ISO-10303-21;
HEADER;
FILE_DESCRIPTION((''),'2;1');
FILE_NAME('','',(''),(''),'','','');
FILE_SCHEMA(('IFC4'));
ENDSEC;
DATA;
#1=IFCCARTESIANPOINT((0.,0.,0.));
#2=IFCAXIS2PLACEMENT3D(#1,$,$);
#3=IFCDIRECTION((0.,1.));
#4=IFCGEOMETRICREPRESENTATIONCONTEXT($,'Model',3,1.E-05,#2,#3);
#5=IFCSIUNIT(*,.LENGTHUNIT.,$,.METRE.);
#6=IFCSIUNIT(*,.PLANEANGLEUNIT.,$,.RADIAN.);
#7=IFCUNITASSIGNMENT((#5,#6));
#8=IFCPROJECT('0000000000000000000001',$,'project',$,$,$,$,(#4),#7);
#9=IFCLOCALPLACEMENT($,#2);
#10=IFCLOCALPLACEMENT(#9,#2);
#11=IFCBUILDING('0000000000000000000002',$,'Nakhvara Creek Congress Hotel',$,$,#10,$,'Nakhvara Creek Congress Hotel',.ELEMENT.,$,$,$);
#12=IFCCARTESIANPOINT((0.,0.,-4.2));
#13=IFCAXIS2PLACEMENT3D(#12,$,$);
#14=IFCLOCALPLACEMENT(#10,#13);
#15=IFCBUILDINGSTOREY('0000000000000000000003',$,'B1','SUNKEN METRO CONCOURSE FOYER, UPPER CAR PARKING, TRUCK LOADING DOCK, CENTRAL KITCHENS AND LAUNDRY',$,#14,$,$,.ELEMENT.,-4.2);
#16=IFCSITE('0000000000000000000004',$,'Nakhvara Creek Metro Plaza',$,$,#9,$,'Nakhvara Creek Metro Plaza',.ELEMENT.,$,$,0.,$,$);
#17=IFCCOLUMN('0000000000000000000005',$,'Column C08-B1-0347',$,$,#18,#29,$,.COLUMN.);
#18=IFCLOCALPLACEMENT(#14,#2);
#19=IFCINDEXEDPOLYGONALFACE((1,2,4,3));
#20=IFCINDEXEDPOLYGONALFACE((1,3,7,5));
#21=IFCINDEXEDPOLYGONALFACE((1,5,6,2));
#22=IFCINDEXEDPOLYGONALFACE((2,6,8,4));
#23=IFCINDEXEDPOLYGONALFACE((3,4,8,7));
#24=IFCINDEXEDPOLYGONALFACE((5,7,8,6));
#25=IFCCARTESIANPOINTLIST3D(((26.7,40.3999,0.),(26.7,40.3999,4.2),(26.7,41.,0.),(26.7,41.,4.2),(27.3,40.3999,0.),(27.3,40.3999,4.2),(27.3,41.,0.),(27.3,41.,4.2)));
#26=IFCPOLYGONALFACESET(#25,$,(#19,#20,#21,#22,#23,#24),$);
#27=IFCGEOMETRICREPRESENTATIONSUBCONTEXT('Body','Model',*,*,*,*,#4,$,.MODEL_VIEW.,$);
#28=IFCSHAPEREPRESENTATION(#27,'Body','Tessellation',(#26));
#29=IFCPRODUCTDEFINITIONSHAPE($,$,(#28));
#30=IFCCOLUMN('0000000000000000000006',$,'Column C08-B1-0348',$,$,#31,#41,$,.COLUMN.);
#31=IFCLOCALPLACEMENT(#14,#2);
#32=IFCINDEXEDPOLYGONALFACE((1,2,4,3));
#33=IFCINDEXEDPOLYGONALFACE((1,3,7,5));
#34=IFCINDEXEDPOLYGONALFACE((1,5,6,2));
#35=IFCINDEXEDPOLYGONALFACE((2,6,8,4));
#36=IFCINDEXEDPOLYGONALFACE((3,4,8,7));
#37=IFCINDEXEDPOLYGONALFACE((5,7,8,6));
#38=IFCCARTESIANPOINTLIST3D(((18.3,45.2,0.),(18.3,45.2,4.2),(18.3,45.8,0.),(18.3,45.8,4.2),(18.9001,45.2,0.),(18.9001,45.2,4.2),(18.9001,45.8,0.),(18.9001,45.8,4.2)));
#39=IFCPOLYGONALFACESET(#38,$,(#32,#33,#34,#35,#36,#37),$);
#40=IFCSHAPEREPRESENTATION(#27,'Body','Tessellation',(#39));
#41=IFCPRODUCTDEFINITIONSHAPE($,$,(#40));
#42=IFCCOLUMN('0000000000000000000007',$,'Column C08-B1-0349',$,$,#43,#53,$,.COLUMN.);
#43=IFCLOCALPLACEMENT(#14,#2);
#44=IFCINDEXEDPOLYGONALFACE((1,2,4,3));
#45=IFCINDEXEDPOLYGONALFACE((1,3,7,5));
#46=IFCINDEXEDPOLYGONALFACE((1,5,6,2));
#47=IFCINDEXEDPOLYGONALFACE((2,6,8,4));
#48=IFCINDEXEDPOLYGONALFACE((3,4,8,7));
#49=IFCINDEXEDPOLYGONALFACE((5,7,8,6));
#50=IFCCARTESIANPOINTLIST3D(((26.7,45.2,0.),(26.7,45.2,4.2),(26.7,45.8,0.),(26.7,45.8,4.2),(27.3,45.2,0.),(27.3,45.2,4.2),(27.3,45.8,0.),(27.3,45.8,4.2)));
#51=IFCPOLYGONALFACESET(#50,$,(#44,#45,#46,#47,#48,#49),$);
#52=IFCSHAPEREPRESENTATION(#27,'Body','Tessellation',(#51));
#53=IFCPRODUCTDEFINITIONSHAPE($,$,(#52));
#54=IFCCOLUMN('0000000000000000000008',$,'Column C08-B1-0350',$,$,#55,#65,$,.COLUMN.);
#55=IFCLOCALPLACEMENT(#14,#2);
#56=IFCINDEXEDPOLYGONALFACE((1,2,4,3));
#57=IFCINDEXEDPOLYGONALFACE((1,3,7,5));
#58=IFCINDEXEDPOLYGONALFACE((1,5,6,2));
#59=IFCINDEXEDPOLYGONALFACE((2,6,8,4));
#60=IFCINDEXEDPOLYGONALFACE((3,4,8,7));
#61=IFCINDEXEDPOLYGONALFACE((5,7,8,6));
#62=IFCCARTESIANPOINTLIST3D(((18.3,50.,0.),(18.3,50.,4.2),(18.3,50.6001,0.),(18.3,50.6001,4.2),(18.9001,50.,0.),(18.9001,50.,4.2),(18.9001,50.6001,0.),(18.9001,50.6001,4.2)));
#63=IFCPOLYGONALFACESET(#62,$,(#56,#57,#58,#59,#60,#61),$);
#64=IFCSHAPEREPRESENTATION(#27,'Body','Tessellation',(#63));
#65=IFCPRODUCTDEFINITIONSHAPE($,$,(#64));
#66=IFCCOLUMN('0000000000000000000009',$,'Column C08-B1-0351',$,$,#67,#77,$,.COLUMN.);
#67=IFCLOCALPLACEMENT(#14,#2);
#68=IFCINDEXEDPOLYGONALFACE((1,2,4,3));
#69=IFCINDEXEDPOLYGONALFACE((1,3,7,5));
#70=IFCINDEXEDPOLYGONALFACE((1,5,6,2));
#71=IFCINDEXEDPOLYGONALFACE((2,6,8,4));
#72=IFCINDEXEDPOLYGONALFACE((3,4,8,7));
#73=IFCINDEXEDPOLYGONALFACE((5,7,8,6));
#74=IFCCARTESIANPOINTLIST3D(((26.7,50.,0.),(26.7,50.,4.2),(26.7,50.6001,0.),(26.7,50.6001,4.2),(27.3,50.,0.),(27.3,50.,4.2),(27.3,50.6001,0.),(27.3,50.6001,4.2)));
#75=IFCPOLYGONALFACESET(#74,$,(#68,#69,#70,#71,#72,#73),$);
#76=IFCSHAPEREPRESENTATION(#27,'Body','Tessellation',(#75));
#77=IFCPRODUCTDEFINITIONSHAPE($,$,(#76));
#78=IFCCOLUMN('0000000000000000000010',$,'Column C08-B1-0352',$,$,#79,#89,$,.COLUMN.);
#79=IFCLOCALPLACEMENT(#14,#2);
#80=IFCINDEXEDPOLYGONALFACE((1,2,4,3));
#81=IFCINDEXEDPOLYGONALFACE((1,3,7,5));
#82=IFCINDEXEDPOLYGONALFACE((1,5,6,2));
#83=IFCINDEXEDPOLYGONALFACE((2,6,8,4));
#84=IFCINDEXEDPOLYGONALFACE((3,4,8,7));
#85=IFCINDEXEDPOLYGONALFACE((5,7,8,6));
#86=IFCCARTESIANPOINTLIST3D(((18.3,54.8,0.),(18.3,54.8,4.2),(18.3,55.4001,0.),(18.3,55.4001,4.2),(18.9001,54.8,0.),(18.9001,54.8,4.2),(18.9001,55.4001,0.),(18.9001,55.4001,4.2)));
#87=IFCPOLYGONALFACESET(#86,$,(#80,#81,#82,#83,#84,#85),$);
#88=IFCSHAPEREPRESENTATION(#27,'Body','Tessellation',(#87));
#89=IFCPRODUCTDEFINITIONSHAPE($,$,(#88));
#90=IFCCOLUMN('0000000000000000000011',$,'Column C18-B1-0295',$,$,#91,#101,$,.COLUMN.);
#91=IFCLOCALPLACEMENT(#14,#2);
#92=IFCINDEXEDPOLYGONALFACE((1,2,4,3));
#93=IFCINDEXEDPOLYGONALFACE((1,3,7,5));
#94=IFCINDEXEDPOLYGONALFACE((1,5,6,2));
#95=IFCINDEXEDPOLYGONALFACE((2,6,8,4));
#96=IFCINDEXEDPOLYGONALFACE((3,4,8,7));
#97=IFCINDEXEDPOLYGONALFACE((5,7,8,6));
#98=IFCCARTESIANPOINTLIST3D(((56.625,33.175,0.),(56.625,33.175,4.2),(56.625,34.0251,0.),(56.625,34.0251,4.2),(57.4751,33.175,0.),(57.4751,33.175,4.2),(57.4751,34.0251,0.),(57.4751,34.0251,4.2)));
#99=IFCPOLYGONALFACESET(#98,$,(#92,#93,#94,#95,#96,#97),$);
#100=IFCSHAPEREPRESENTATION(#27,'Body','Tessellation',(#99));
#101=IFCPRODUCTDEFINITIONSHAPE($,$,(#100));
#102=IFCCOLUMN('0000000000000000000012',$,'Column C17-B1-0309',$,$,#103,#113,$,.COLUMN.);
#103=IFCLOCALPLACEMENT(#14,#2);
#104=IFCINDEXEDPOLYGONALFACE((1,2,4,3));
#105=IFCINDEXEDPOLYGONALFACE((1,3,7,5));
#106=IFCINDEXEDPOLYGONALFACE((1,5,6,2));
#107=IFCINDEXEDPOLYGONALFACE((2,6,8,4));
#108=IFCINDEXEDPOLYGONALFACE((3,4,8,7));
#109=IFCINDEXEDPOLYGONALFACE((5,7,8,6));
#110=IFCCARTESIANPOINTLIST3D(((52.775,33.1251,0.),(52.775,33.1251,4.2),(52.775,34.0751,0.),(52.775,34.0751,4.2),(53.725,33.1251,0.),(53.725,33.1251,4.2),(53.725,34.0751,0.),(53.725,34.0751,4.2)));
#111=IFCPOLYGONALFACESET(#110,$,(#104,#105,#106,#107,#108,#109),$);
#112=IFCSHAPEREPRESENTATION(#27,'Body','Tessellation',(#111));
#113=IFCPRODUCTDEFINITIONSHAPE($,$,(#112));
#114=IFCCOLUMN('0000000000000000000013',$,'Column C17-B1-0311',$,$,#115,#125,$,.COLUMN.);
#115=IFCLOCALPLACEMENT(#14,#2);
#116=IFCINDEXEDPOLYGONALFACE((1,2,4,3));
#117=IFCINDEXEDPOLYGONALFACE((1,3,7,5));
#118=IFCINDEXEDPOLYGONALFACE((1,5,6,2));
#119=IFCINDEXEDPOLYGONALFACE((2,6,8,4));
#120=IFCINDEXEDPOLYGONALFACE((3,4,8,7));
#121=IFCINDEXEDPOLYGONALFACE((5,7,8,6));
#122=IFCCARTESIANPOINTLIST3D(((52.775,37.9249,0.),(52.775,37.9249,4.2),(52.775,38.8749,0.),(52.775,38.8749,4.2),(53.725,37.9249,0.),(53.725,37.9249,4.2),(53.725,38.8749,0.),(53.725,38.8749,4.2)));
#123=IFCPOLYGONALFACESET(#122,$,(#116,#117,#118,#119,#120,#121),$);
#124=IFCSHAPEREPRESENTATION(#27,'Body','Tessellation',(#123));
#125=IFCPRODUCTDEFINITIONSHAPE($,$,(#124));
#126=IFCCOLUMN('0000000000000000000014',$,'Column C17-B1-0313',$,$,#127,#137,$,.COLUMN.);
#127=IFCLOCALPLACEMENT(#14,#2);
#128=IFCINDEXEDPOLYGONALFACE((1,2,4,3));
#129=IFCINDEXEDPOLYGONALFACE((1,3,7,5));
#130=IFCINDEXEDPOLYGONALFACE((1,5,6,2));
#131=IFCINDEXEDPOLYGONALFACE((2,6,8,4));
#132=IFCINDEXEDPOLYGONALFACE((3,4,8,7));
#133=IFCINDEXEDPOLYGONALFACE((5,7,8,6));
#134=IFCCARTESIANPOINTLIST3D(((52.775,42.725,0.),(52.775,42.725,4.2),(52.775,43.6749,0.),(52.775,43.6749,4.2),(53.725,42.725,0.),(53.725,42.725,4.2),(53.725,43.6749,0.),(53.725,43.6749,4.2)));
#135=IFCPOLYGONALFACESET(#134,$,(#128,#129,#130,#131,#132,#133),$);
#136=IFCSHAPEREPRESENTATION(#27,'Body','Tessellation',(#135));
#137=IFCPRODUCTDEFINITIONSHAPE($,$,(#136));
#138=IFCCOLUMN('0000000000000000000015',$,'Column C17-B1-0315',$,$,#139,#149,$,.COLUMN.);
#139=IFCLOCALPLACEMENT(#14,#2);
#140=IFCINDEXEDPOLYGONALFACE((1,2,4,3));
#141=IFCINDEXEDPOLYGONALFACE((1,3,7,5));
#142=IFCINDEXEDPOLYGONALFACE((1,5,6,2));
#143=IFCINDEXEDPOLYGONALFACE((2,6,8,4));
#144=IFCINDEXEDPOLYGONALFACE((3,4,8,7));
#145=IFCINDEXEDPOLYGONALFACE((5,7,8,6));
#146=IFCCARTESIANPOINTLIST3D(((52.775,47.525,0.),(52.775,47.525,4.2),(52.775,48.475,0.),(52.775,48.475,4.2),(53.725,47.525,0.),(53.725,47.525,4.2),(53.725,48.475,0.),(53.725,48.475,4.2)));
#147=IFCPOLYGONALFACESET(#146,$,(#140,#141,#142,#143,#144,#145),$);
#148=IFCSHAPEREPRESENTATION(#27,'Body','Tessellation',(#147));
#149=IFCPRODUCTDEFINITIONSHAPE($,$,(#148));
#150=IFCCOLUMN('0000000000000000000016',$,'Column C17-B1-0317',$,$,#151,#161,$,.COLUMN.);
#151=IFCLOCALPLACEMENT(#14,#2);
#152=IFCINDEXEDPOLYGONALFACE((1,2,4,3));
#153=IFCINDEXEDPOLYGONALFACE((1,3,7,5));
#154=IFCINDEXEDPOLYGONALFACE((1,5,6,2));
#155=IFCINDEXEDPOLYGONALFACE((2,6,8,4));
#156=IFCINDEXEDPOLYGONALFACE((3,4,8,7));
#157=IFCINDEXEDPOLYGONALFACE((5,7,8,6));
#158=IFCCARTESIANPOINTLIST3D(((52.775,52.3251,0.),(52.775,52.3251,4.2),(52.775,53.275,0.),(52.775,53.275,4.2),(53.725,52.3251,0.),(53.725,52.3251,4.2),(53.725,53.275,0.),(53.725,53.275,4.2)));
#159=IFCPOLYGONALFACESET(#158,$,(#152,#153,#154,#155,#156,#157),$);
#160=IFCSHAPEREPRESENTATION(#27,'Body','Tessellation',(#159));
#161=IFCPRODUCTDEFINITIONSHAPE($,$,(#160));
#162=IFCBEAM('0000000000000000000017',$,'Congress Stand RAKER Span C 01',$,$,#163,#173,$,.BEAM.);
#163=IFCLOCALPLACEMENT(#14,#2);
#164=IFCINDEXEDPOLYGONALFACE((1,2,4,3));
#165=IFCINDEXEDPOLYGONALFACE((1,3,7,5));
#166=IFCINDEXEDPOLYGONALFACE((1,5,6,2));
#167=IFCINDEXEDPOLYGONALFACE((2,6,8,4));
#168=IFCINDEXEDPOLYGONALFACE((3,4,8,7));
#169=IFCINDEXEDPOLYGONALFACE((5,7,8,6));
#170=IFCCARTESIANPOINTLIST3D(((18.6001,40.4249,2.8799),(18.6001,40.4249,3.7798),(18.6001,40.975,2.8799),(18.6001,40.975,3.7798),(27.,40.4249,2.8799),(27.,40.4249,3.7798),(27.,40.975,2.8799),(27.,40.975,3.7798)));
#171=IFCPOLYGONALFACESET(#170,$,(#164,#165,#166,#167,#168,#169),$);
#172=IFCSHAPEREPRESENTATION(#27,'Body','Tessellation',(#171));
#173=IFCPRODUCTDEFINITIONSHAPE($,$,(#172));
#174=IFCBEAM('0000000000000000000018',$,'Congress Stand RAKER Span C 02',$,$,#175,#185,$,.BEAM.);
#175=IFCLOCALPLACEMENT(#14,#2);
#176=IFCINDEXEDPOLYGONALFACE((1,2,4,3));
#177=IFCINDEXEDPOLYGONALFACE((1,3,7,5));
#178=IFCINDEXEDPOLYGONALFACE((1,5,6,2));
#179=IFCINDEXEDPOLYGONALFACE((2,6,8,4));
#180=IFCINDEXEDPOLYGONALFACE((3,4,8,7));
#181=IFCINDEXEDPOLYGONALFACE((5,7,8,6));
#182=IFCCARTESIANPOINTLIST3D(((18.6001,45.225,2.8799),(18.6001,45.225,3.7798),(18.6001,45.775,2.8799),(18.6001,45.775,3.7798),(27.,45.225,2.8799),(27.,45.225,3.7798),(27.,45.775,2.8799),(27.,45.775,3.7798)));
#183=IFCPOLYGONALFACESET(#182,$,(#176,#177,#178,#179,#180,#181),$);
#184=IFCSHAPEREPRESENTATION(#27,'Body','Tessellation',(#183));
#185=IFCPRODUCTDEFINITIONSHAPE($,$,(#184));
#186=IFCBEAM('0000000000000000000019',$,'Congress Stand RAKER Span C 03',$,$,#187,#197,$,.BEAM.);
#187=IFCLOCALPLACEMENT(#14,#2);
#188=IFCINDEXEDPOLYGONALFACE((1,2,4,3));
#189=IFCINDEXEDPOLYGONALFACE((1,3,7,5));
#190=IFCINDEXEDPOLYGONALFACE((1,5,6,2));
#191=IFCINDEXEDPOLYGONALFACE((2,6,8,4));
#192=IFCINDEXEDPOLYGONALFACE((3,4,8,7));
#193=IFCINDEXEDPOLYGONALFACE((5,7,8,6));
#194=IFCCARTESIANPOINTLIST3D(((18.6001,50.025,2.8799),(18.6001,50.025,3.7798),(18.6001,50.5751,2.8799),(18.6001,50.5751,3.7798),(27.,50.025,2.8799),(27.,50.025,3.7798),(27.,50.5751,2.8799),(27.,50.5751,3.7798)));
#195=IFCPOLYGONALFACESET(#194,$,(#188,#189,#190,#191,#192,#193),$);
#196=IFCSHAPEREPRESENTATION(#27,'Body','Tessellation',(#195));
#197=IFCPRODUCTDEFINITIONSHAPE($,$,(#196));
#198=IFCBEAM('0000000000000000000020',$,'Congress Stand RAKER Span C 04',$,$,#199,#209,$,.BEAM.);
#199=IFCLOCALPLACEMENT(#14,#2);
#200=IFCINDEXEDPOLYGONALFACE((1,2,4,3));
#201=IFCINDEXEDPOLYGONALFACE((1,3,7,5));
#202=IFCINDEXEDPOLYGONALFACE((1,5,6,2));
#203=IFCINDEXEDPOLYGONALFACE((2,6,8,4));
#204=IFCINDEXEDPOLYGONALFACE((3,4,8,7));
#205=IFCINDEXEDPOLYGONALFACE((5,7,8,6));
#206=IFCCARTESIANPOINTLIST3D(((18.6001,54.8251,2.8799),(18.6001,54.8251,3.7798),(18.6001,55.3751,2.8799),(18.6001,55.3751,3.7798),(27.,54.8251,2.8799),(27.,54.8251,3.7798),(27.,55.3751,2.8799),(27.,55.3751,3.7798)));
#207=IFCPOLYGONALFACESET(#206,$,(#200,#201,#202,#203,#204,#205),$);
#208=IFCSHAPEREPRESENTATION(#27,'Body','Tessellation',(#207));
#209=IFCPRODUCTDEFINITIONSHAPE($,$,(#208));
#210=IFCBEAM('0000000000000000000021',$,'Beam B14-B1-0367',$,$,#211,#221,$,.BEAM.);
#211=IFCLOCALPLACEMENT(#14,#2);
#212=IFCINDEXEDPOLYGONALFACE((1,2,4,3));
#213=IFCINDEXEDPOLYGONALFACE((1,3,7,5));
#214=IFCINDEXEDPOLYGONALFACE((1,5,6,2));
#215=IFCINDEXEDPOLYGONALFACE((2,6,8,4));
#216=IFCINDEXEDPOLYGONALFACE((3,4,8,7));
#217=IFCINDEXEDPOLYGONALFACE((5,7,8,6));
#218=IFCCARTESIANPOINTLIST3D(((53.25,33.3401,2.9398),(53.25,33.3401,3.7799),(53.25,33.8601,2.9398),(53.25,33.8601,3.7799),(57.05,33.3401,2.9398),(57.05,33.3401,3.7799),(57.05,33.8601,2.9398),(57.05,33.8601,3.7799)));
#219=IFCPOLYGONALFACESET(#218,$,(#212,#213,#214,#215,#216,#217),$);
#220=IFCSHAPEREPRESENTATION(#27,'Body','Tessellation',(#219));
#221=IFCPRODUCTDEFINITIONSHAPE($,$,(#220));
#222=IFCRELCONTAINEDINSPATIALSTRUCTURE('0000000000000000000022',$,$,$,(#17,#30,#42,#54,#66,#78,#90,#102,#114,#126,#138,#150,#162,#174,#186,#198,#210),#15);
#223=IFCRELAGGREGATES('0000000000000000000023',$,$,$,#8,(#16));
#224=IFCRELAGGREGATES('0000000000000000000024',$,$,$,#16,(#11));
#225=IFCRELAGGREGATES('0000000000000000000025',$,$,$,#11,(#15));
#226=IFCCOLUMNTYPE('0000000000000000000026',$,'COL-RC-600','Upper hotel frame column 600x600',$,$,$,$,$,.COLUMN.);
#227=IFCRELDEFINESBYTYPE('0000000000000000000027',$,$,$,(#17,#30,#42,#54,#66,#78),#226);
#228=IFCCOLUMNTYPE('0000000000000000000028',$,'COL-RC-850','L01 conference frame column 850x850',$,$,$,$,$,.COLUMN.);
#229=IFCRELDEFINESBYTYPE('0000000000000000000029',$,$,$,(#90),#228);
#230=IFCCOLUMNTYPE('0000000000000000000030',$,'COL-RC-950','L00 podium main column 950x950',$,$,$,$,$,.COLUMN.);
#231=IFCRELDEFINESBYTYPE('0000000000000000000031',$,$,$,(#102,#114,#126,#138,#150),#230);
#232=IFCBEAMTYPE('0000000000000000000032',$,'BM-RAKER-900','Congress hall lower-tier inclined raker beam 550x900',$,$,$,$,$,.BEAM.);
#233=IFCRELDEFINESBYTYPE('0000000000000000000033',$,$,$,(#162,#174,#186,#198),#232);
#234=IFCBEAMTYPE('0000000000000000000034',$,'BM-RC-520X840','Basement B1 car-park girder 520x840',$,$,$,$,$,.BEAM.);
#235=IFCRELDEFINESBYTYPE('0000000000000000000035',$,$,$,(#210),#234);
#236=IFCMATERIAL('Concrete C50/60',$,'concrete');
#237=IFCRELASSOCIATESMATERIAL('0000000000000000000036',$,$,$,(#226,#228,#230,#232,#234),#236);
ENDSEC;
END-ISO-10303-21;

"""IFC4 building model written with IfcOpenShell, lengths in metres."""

from ifc_helpers import new_model, si_unit, direction, frame, origin, origin_2d, place, context, subcontext, project, spatial, rectangle, extrude, material, material_profile, profile_set, type_object, element, save


model = new_model("IFC4")

# Units and contexts
model_context = context("Model", 3, precision=1e-05, world=origin(), true_north=direction((0.0, 1.0)))
body_context = subcontext(model_context, "Body", "Model", "MODEL_VIEW")
ifc_project = project(units=[si_unit("LENGTHUNIT", "METRE"), si_unit("PLANEANGLEUNIT", "RADIAN")], contexts=[model_context])

# Site, building, storey
site_placement = place(None, origin())
site = spatial("IfcSite", under=ifc_project, at=site_placement, Name="Nakhvara Creek Metro Plaza", LongName="Nakhvara Creek Metro Plaza", CompositionType="ELEMENT", RefElevation=0.0)
building_placement = place(site_placement, origin())
building = spatial("IfcBuilding", under=site, at=building_placement, Name="Nakhvara Creek Congress Hotel", LongName="Nakhvara Creek Congress Hotel", CompositionType="ELEMENT")
storey_placement = place(building_placement, frame((0.0, 0.0, -4.2)))
storey = spatial("IfcBuildingStorey", under=building, at=storey_placement, Name="B1", Description="SUNKEN METRO CONCOURSE FOYER, UPPER CAR PARKING, TRUCK LOADING DOCK, CENTRAL KITCHENS AND LAUNDRY", CompositionType="ELEMENT", Elevation=-4.2)

# Columns
ifc_material = material(Name="Concrete C50/60", Category="concrete")
ifc_material_profile_1 = material_profile(ifc_material, rectangle(XDim=0.6001, YDim=0.6001, at=origin_2d()), Name="RC-COL 600x600", Category="LoadBearing")
ifc_profile_set_1 = profile_set([ifc_material_profile_1], Name="Concrete C50/60")
column_type_1 = type_object("IfcColumnType", Name="COL-RC-600", Description="Upper hotel frame column 600x600", PredefinedType="COLUMN", material=ifc_profile_set_1)
for number, where, z_axis, x_axis, name in (
    (1, (27.0, 40.7, 0.0), (0.0, 0.0, 1.0), (1.0, 0.0, 0.0), "Column C08-B1-0347"),
    (2, (18.6001, 45.5, 0.0), (0.0, 0.0, 1.0), (1.0, 0.0, 0.0), "Column C08-B1-0348"),
    (3, (27.0, 45.5, 0.0), (0.0, 0.0, 1.0), (1.0, 0.0, 0.0), "Column C08-B1-0349"),
    (4, (18.6001, 50.3, 0.0), (0.0, 0.0, 1.0), (1.0, 0.0, 0.0), "Column C08-B1-0350"),
    (5, (27.0, 50.3, 0.0), (0.0, 0.0, 1.0), (1.0, 0.0, 0.0), "Column C08-B1-0351"),
    (6, (18.6001, 55.1001, 0.0), (0.0, 0.0, 1.0), (1.0, 0.0, 0.0), "Column C08-B1-0352"),
):
    element("IfcColumn", number, at=place(storey_placement, frame(where, z_axis=z_axis, x_axis=x_axis)), inside=storey, type_object=column_type_1, Name=name, PredefinedType="COLUMN", context=body_context, shape_type="SweptSolid", body=[
        extrude(rectangle(XDim=0.6001, YDim=0.6001, at=origin_2d()), origin(), (0.0, 0.0, 1.0), 4.2),
    ])
ifc_material_profile_2 = material_profile(ifc_material, rectangle(XDim=0.8501, YDim=0.8501, at=origin_2d()), Name="RC-COL 850x850", Category="LoadBearing")
ifc_profile_set_2 = profile_set([ifc_material_profile_2], Name="Concrete C50/60")
column_type_2 = type_object("IfcColumnType", Name="COL-RC-850", Description="L01 conference frame column 850x850", PredefinedType="COLUMN", material=ifc_profile_set_2)
column_placement = place(storey_placement, frame((57.05, 33.6001, 0.0), z_axis=(0.0, 0.0, 1.0), x_axis=(1.0, 0.0, 0.0)))
element("IfcColumn", 7, at=column_placement, inside=storey, type_object=column_type_2, Name="Column C18-B1-0295", PredefinedType="COLUMN", context=body_context, shape_type="SweptSolid", body=[
    extrude(rectangle(XDim=0.8501, YDim=0.8501, at=origin_2d()), origin(), (0.0, 0.0, 1.0), 4.2),
])
ifc_material_profile_3 = material_profile(ifc_material, rectangle(XDim=0.95, YDim=0.95, at=origin_2d()), Name="RC-COL 950x950", Category="LoadBearing")
ifc_profile_set_3 = profile_set([ifc_material_profile_3], Name="Concrete C50/60")
column_type_3 = type_object("IfcColumnType", Name="COL-RC-950", Description="L00 podium main column 950x950", PredefinedType="COLUMN", material=ifc_profile_set_3)
for number, where, z_axis, x_axis, name in (
    (8, (53.25, 33.6001, 0.0), (0.0, 0.0, 1.0), (1.0, 0.0, 0.0), "Column C17-B1-0309"),
    (9, (53.25, 38.3999, 0.0), (0.0, 0.0, 1.0), (1.0, 0.0, 0.0), "Column C17-B1-0311"),
    (10, (53.25, 43.2, 0.0), (0.0, 0.0, 1.0), (1.0, 0.0, 0.0), "Column C17-B1-0313"),
    (11, (53.25, 48.0, 0.0), (0.0, 0.0, 1.0), (1.0, 0.0, 0.0), "Column C17-B1-0315"),
    (12, (53.25, 52.8, 0.0), (0.0, 0.0, 1.0), (1.0, 0.0, 0.0), "Column C17-B1-0317"),
):
    element("IfcColumn", number, at=place(storey_placement, frame(where, z_axis=z_axis, x_axis=x_axis)), inside=storey, type_object=column_type_3, Name=name, PredefinedType="COLUMN", context=body_context, shape_type="SweptSolid", body=[
        extrude(rectangle(XDim=0.95, YDim=0.95, at=origin_2d()), origin(), (0.0, 0.0, 1.0), 4.2),
    ])

# Beams
ifc_material_profile_4 = material_profile(ifc_material, rectangle(XDim=0.55, YDim=0.8999, at=origin_2d()), Name="RC-RAKER 550x900", Category="LoadBearing")
ifc_profile_set_4 = profile_set([ifc_material_profile_4], Name="Concrete C50/60")
beam_type_1 = type_object("IfcBeamType", Name="BM-RAKER-900", Description="Congress hall lower-tier inclined raker beam 550x900", PredefinedType="BEAM", material=ifc_profile_set_4)
for number, where, z_axis, x_axis, name in (
    (13, (18.6001, 40.7, 3.3298), (1.0, 0.0, 0.0), (0.0, 1.0, 0.0), "Congress Stand RAKER Span C 01"),
    (14, (18.6001, 45.5, 3.3298), (1.0, 0.0, 0.0), (0.0, 1.0, 0.0), "Congress Stand RAKER Span C 02"),
    (15, (18.6001, 50.3, 3.3298), (1.0, 0.0, 0.0), (0.0, 1.0, 0.0), "Congress Stand RAKER Span C 03"),
    (16, (18.6001, 55.1001, 3.3298), (1.0, 0.0, 0.0), (0.0, 1.0, 0.0), "Congress Stand RAKER Span C 04"),
):
    element("IfcBeam", number, at=place(storey_placement, frame(where, z_axis=z_axis, x_axis=x_axis)), inside=storey, type_object=beam_type_1, Name=name, PredefinedType="BEAM", context=body_context, shape_type="SweptSolid", body=[
        extrude(rectangle(XDim=0.55, YDim=0.8999, at=origin_2d()), origin(), (0.0, 0.0, 1.0), 8.3999),
    ])
ifc_material_profile_5 = material_profile(ifc_material, rectangle(XDim=0.52, YDim=0.8401, at=origin_2d()), Name="RC-BM 520x840", Category="LoadBearing")
ifc_profile_set_5 = profile_set([ifc_material_profile_5], Name="Concrete C50/60")
beam_type_2 = type_object("IfcBeamType", Name="BM-RC-520X840", Description="Basement B1 car-park girder 520x840", PredefinedType="BEAM", material=ifc_profile_set_5)
for number, where, z_axis, x_axis, name in (
    (17, (53.25, 33.6001, 3.3599), (1.0, 0.0, 0.0), (0.0, 1.0, 0.0), "Beam B14-B1-0367"),
):
    element("IfcBeam", number, at=place(storey_placement, frame(where, z_axis=z_axis, x_axis=x_axis)), inside=storey, type_object=beam_type_2, Name=name, PredefinedType="BEAM", context=body_context, shape_type="SweptSolid", body=[
        extrude(rectangle(XDim=0.52, YDim=0.8401, at=origin_2d()), origin(), (0.0, 0.0, 1.0), 3.8),
    ])

save(model, "model.ifc")
